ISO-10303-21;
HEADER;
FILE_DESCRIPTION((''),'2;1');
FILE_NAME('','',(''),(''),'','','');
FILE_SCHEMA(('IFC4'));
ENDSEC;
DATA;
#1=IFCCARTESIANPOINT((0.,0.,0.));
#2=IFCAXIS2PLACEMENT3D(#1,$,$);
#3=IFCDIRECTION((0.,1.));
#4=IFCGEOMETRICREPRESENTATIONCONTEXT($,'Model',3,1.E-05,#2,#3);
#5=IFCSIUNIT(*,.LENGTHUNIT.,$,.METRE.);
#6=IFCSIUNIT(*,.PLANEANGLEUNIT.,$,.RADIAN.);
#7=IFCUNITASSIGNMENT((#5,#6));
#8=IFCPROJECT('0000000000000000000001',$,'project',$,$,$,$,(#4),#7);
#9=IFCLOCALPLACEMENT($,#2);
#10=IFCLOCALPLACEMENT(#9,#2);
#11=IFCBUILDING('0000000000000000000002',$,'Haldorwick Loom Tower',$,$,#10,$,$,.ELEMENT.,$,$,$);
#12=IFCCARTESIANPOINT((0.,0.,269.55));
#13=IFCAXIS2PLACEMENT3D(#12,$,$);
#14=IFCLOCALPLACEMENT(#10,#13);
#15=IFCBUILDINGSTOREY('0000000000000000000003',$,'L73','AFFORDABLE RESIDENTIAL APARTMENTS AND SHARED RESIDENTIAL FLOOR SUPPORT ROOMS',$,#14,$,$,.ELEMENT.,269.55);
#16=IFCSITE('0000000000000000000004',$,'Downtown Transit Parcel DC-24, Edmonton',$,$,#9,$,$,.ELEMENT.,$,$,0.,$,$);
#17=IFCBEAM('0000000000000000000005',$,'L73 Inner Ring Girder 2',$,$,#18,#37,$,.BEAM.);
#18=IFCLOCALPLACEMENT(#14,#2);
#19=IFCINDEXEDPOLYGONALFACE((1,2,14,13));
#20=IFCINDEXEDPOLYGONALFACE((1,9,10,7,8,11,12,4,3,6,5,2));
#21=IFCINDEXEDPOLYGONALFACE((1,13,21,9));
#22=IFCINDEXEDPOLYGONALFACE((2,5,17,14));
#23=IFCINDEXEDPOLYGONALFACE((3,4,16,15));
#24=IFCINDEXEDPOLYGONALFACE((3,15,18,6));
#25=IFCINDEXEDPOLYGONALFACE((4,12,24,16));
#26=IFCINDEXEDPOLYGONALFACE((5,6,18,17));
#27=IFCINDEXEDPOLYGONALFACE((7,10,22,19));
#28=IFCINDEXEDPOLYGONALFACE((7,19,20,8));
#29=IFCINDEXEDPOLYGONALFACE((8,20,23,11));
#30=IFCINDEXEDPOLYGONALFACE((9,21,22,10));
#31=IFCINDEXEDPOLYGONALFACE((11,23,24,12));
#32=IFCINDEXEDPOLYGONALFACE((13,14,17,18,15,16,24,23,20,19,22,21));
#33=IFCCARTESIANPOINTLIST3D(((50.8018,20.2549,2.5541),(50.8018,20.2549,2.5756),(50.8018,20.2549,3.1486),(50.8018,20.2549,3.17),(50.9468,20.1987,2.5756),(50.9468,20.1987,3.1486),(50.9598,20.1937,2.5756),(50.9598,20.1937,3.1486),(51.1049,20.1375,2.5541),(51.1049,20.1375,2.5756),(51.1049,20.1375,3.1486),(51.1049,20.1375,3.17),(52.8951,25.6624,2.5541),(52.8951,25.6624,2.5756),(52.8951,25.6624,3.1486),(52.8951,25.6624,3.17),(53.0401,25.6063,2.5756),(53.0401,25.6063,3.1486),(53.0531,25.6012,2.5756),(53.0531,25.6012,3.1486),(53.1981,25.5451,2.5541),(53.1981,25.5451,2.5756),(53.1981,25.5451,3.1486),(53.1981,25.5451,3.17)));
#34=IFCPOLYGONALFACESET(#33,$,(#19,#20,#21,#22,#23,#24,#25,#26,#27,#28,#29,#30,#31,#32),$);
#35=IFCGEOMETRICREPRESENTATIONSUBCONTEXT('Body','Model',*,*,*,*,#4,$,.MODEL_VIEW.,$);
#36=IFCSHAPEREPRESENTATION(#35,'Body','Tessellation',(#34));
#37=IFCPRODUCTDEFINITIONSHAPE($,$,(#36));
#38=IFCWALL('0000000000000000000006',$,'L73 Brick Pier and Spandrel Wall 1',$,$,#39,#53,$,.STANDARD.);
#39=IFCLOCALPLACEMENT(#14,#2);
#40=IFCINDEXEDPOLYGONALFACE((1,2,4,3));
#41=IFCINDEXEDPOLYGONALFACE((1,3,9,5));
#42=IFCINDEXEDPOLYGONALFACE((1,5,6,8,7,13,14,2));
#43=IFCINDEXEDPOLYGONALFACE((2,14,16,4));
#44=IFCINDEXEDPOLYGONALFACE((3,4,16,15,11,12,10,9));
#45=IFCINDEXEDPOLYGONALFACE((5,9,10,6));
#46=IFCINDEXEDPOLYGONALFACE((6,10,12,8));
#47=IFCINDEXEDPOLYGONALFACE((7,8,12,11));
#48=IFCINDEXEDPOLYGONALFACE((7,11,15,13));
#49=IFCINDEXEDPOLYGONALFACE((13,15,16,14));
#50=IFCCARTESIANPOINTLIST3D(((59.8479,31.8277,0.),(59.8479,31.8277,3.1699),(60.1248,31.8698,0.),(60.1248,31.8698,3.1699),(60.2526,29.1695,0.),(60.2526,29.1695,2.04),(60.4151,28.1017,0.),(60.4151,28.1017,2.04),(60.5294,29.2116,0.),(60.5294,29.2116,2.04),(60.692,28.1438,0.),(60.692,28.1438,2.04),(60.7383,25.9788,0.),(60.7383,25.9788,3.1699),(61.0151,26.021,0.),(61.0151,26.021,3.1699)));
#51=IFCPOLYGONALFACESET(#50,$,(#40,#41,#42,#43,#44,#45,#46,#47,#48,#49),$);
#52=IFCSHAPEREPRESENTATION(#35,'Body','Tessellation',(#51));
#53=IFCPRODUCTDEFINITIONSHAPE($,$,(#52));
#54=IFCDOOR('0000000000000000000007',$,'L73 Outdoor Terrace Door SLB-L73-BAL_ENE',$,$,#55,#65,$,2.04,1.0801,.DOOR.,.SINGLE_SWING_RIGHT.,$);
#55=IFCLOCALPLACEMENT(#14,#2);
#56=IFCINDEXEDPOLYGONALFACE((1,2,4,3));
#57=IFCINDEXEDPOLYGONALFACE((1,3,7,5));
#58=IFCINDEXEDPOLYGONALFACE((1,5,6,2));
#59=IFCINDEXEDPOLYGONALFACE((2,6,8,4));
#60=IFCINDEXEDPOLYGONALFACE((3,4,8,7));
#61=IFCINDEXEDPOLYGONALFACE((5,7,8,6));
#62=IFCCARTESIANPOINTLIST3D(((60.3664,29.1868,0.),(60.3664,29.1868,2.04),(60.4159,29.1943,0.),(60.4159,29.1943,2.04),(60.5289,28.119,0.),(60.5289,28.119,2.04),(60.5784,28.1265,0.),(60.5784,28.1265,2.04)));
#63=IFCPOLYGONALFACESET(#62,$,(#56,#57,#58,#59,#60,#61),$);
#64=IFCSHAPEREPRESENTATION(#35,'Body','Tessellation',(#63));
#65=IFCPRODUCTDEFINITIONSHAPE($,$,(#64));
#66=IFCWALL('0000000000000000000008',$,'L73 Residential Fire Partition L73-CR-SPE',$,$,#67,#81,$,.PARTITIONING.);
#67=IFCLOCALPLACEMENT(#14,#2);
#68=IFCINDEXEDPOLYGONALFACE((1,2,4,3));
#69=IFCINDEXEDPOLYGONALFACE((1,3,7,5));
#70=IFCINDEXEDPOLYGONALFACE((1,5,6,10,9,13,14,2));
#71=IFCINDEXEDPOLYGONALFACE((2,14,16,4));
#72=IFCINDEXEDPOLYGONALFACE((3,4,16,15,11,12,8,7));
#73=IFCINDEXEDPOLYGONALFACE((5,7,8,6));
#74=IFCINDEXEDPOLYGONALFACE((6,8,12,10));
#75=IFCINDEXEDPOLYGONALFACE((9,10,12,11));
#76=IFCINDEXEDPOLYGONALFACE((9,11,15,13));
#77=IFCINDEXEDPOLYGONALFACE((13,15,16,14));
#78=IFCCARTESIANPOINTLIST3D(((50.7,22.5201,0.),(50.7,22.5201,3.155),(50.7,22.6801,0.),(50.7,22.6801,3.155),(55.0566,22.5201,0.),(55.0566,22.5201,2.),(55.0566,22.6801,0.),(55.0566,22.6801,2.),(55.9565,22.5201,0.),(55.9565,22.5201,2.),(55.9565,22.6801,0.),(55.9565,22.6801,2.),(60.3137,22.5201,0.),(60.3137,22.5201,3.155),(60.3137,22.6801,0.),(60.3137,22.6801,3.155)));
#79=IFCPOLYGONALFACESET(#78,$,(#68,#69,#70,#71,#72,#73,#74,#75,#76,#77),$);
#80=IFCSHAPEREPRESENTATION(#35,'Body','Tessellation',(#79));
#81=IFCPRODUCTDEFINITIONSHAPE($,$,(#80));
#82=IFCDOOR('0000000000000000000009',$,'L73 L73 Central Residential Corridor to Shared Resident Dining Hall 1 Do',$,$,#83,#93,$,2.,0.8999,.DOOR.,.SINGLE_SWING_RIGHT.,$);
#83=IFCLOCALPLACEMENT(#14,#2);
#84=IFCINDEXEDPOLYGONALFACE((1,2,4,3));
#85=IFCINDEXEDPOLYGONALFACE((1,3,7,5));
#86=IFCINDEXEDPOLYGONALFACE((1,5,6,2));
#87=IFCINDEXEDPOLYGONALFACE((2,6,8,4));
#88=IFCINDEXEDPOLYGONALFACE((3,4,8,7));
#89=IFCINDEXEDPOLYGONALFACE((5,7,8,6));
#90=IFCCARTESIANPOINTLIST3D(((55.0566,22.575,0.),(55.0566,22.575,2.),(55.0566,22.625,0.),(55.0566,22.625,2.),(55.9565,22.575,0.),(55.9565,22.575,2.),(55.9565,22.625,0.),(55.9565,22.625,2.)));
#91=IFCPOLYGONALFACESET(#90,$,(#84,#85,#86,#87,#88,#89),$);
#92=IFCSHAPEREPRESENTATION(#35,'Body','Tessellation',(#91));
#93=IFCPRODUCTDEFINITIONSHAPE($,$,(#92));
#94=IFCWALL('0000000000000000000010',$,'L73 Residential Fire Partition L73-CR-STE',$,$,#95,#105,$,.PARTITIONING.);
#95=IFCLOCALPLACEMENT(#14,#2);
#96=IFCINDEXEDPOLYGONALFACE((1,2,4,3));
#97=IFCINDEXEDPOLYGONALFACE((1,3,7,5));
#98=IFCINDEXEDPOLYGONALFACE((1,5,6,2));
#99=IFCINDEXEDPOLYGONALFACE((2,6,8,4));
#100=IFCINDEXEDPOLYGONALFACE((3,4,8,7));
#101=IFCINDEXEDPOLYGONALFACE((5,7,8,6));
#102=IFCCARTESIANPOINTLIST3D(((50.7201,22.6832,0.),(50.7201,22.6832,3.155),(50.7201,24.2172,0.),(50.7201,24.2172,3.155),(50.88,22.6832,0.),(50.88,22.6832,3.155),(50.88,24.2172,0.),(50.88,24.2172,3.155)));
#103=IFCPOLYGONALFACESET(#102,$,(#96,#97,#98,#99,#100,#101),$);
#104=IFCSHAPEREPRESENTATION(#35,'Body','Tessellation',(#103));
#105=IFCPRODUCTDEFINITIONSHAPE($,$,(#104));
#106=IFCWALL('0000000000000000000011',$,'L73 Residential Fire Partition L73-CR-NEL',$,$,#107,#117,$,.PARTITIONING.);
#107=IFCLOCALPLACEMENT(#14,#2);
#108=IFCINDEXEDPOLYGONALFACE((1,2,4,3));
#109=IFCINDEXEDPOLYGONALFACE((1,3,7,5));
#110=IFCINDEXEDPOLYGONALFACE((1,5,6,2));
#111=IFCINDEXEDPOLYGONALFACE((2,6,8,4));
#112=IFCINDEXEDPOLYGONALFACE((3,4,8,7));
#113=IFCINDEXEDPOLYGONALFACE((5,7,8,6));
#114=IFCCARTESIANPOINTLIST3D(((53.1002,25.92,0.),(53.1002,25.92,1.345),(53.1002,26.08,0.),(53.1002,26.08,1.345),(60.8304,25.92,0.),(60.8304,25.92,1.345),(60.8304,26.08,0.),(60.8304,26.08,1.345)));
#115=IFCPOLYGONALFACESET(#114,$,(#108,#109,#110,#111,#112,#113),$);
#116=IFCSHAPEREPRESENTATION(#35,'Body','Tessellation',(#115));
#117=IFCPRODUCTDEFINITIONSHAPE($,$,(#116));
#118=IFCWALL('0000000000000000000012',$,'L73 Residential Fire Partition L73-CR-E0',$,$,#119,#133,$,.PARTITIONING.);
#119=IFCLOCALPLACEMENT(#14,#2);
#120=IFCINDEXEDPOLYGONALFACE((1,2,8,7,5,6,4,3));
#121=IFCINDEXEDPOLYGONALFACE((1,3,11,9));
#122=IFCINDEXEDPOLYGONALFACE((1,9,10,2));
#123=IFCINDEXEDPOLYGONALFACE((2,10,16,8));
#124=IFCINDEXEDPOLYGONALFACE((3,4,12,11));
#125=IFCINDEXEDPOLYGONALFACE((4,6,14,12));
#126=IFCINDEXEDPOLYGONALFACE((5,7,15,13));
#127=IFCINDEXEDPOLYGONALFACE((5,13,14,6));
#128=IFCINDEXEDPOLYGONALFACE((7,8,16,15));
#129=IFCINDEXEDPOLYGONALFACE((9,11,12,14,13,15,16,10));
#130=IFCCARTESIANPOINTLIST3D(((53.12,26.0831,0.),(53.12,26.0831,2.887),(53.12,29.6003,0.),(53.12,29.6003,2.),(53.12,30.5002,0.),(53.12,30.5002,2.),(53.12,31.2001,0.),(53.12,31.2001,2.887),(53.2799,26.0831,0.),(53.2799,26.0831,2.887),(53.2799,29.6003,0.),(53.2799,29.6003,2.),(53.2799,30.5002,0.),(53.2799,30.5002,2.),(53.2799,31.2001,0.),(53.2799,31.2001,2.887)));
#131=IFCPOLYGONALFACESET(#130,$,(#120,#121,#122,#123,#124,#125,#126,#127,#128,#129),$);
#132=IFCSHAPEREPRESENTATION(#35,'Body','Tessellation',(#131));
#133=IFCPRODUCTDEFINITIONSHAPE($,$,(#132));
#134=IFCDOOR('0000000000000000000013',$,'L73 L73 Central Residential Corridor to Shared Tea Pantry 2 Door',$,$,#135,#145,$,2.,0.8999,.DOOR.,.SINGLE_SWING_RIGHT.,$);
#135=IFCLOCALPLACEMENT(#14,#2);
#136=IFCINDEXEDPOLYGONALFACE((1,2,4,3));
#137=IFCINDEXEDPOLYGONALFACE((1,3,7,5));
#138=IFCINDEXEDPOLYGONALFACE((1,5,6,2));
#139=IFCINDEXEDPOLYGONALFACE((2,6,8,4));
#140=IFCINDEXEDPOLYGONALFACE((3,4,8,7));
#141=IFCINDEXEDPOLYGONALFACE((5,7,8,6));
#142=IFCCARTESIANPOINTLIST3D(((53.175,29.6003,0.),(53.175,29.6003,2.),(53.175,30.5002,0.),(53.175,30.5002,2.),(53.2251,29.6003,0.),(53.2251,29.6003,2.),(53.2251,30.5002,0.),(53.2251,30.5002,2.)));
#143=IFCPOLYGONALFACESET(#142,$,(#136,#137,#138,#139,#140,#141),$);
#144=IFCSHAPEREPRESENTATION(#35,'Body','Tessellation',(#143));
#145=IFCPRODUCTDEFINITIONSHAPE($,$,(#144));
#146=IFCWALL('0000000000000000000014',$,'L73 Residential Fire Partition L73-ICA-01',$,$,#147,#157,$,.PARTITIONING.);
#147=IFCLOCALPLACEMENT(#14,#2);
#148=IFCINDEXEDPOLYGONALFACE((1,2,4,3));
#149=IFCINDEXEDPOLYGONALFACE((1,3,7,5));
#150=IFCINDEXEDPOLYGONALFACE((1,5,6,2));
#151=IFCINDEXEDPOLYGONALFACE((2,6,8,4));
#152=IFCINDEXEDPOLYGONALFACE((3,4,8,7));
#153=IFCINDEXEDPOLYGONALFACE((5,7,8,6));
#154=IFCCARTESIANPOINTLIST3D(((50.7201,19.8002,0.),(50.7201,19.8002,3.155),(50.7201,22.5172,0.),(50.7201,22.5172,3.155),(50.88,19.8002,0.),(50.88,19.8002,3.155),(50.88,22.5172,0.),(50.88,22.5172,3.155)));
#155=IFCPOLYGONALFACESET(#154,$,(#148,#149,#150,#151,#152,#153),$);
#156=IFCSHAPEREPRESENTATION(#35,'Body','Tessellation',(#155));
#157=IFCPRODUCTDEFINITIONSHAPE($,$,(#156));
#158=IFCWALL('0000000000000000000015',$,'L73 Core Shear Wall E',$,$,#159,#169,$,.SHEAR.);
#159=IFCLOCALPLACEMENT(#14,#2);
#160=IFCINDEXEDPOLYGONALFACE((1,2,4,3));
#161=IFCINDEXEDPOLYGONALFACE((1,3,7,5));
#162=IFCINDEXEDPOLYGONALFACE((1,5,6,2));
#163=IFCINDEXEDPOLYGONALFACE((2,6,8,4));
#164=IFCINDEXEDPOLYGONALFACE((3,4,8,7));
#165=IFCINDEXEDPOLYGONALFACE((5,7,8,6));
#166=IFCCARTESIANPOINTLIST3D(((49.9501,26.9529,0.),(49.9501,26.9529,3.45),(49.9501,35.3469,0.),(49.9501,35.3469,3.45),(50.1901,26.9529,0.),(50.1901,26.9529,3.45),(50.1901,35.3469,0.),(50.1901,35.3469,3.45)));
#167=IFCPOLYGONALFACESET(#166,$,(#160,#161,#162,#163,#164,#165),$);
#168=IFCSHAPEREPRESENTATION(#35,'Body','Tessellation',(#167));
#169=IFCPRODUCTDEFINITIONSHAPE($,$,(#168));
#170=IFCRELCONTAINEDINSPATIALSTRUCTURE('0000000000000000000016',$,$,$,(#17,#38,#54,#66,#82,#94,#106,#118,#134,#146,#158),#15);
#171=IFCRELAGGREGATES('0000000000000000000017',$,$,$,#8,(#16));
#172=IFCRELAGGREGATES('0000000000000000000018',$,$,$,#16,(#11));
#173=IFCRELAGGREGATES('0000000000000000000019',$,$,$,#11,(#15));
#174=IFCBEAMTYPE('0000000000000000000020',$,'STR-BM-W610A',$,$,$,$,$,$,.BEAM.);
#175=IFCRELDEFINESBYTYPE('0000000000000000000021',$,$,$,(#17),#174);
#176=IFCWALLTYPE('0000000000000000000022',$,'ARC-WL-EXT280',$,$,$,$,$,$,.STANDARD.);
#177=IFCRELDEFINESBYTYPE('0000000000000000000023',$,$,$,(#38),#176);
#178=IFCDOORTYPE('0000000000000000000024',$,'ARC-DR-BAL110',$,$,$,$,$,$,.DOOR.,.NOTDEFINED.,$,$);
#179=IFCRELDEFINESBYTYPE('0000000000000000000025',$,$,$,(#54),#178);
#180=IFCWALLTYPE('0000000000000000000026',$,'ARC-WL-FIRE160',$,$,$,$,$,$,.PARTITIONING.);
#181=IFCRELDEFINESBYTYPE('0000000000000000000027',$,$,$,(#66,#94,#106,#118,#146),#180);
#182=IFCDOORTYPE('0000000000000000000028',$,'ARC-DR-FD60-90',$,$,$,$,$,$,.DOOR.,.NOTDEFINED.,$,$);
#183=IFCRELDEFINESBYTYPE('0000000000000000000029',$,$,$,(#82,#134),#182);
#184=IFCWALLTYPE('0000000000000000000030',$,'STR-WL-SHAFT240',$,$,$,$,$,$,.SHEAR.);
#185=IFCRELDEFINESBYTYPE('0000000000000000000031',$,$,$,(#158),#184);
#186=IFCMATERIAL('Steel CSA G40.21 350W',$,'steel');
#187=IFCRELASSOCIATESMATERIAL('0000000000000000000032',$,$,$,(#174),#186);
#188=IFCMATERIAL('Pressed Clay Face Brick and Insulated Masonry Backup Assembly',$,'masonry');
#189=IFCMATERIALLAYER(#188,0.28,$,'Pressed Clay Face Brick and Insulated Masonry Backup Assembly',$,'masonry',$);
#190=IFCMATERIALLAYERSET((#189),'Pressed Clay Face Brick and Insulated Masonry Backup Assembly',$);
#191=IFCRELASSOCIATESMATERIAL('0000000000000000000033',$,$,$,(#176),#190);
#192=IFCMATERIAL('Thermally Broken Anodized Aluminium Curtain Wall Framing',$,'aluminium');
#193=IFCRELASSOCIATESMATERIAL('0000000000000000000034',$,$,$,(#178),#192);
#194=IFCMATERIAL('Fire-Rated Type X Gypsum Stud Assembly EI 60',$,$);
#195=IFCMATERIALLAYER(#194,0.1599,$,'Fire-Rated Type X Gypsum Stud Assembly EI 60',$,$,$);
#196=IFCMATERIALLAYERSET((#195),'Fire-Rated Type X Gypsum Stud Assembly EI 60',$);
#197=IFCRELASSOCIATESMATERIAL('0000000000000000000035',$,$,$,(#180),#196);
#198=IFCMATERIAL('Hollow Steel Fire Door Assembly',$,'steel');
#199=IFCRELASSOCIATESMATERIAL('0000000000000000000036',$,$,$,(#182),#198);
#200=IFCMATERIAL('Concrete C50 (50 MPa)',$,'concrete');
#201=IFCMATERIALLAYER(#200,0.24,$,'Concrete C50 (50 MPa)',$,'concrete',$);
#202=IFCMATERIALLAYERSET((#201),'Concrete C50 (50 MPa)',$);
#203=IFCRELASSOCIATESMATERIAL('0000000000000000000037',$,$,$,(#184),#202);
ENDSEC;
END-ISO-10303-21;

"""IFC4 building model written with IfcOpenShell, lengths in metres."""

from ifc_helpers import new_model, si_unit, direction, frame, frame_2d, origin, origin_2d, place, context, subcontext, project, spatial, rectangle, i_section, extrude, material, layer, layer_set, material_profile, profile_set, type_object, element, fill, save


model = new_model("IFC4")

# Units and contexts
model_context = context("Model", 3, precision=1e-05, world=origin(), true_north=direction((0.0, 1.0)))
body_context = subcontext(model_context, "Body", "Model", "MODEL_VIEW")
ifc_project = project(units=[si_unit("LENGTHUNIT", "METRE"), si_unit("PLANEANGLEUNIT", "RADIAN")], contexts=[model_context])

# Site, building, storey
site_placement = place(None, origin())
site = spatial("IfcSite", under=ifc_project, at=site_placement, Name="Downtown Transit Parcel DC-24, Edmonton", CompositionType="ELEMENT", RefElevation=0.0)
building_placement = place(site_placement, origin())
building = spatial("IfcBuilding", under=site, at=building_placement, Name="Haldorwick Loom Tower", CompositionType="ELEMENT")
storey_placement = place(building_placement, frame((0.0, 0.0, 269.55)))
storey = spatial("IfcBuildingStorey", under=building, at=storey_placement, Name="L73", Description="AFFORDABLE RESIDENTIAL APARTMENTS AND SHARED RESIDENTIAL FLOOR SUPPORT ROOMS", CompositionType="ELEMENT", Elevation=269.55)

# Shared definitions
ifc_material_1 = material(Name="Concrete C50 (50 MPa)", Category="concrete")
ifc_material_2 = material(Name="Steel CSA G40.21 350W", Category="steel")

# Beam
ifc_material_profile_1 = material_profile(ifc_material_2, i_section(OverallWidth=0.325, OverallDepth=0.616, WebThickness=0.0139, FlangeThickness=0.0215, at=origin_2d()), Name="W610X174", Category="steel")
ifc_profile_set_1 = profile_set([ifc_material_profile_1], Name="Steel CSA G40.21 350W")
beam_type_1 = type_object("IfcBeamType", Name="STR-BM-W610A", PredefinedType="BEAM", material=ifc_profile_set_1)
beam_1_placement = place(storey_placement, frame((53.0466, 25.6038, 2.8621), z_axis=(-0.361001, -0.932565, 0.0), x_axis=(0.932565, -0.361001, 0.0)))
element("IfcBeam", 1, at=beam_1_placement, inside=storey, type_object=beam_type_1, Name="L73 Inner Ring Girder 2", PredefinedType="BEAM", context=body_context, shape_type="SweptSolid", body=[
    extrude(i_section(OverallWidth=0.325, OverallDepth=0.616, WebThickness=0.0139, FlangeThickness=0.0215, at=origin_2d()), origin(), (0.0, 0.0, 1.0), 5.7986),
])

# Walls, openings, doors
ifc_material_3 = material(Name="Pressed Clay Face Brick and Insulated Masonry Backup Assembly", Category="masonry")
ifc_layer_1 = layer(ifc_material_3, 0.28, Name="Pressed Clay Face Brick and Insulated Masonry Backup Assembly", Category="masonry")
ifc_layer_set_1 = layer_set([ifc_layer_1], Name="Pressed Clay Face Brick and Insulated Masonry Backup Assembly")
wall_type_1 = type_object("IfcWallType", Name="ARC-WL-EXT280", PredefinedType="STANDARD", material=ifc_layer_set_1)
wall_1_placement = place(storey_placement, frame((60.8767, 26.0, 0.0), z_axis=(0.0, 0.0, 1.0), x_axis=(-0.150497, 0.98861, 0.0)))
wall_1 = element("IfcWall", 2, at=wall_1_placement, inside=storey, type_object=wall_type_1, Name="L73 Brick Pier and Spandrel Wall 1", PredefinedType="STANDARD", context=body_context, shape_type="SweptSolid", body=[
    extrude(rectangle(XDim=5.9163, YDim=0.28, at=frame_2d((2.958, 0.0))), origin(), (0.0, 0.0, 1.0), 3.1699),
])
opening_1_placement = place(wall_1_placement, frame((2.1472, 0.0, 0.0)))
opening_1 = element("IfcOpeningElement", 3, at=opening_1_placement, cuts=wall_1, PredefinedType="OPENING", context=body_context, shape_type="SweptSolid", body=[
    extrude(rectangle(XDim=1.0801, YDim=2.04, at=frame_2d((0.54, 1.02))), frame((0.0, 0.1499, 0.0), z_axis=(0.0, -1.0, 0.0), x_axis=(1.0, 0.0, 0.0)), (0.0, 0.0, 1.0), 0.3),
])
ifc_material_4 = material(Name="Thermally Broken Anodized Aluminium Curtain Wall Framing", Category="aluminium")
door_type_1 = type_object("IfcDoorType", Name="ARC-DR-BAL110", OperationType="NOTDEFINED", PredefinedType="DOOR", material=ifc_material_4)
door_1_placement = place(opening_1_placement, origin())
door_1 = element("IfcDoor", 4, at=door_1_placement, inside=storey, type_object=door_type_1, Name="L73 Outdoor Terrace Door SLB-L73-BAL_ENE", OperationType="SINGLE_SWING_RIGHT", OverallHeight=2.04, OverallWidth=1.0801, PredefinedType="DOOR", context=body_context, shape_type="SweptSolid", body=[
    extrude(rectangle(XDim=1.0801, YDim=2.04, at=frame_2d((0.54, 1.02))), frame((0.0, 0.0249, 0.0), z_axis=(0.0, -1.0, 0.0), x_axis=(1.0, 0.0, 0.0)), (0.0, 0.0, 1.0), 0.05),
])
fill(opening_1, door_1)
ifc_material_5 = material(Name="Fire-Rated Type X Gypsum Stud Assembly EI 60")
ifc_layer_2 = layer(ifc_material_5, 0.1599, Name="Fire-Rated Type X Gypsum Stud Assembly EI 60")
ifc_layer_set_2 = layer_set([ifc_layer_2], Name="Fire-Rated Type X Gypsum Stud Assembly EI 60")
wall_type_2 = type_object("IfcWallType", Name="ARC-WL-FIRE160", PredefinedType="PARTITIONING", material=ifc_layer_set_2)
wall_2_placement = place(storey_placement, frame((50.7, 22.6001, 0.0), z_axis=(0.0, 0.0, 1.0), x_axis=(1.0, 0.0, 0.0)))
wall_2 = element("IfcWall", 5, at=wall_2_placement, inside=storey, type_object=wall_type_2, Name="L73 Residential Fire Partition L73-CR-SPE", PredefinedType="PARTITIONING", context=body_context, shape_type="SweptSolid", body=[
    extrude(rectangle(XDim=9.6138, YDim=0.1599, at=frame_2d((4.8069, 0.0))), origin(), (0.0, 0.0, 1.0), 3.155),
])
opening_2_placement = place(wall_2_placement, frame((4.3567, 0.0, 0.0)))
opening_2 = element("IfcOpeningElement", 6, at=opening_2_placement, cuts=wall_2, PredefinedType="OPENING", context=body_context, shape_type="SweptSolid", body=[
    extrude(rectangle(XDim=0.8999, YDim=2.0, at=frame_2d((0.45, 1.0))), frame((0.0, 0.0898, 0.0), z_axis=(0.0, -1.0, 0.0), x_axis=(1.0, 0.0, 0.0)), (0.0, 0.0, 1.0), 0.1799),
])
ifc_material_6 = material(Name="Hollow Steel Fire Door Assembly", Category="steel")
door_type_2 = type_object("IfcDoorType", Name="ARC-DR-FD60-90", OperationType="NOTDEFINED", PredefinedType="DOOR", material=ifc_material_6)
door_2_placement = place(opening_2_placement, origin())
door_2 = element("IfcDoor", 7, at=door_2_placement, inside=storey, type_object=door_type_2, Name="L73 L73 Central Residential Corridor to Shared Resident Dining Hall 1 Do", OperationType="SINGLE_SWING_RIGHT", OverallHeight=2.0, OverallWidth=0.8999, PredefinedType="DOOR", context=body_context, shape_type="SweptSolid", body=[
    extrude(rectangle(XDim=0.8999, YDim=2.0, at=frame_2d((0.45, 1.0))), frame((0.0, 0.0249, 0.0), z_axis=(0.0, -1.0, 0.0), x_axis=(1.0, 0.0, 0.0)), (0.0, 0.0, 1.0), 0.05),
])
fill(opening_2, door_2)

# Walls
wall_3_placement = place(storey_placement, frame((50.8, 22.6831, 0.0), z_axis=(0.0, 0.0, 1.0), x_axis=(0.0, 1.0, 0.0)))
element("IfcWall", 8, at=wall_3_placement, inside=storey, type_object=wall_type_2, Name="L73 Residential Fire Partition L73-CR-STE", PredefinedType="PARTITIONING", context=body_context, shape_type="SweptSolid", body=[
    extrude(rectangle(XDim=1.5339, YDim=0.1599, at=frame_2d((0.7671, 0.0))), origin(), (0.0, 0.0, 1.0), 3.155),
])
wall_4_placement = place(storey_placement, frame((53.1001, 26.0, 0.0), z_axis=(0.0, 0.0, 1.0), x_axis=(1.0, 0.0, 0.0)))
element("IfcWall", 9, at=wall_4_placement, inside=storey, type_object=wall_type_2, Name="L73 Residential Fire Partition L73-CR-NEL", PredefinedType="PARTITIONING", context=body_context, shape_type="SweptSolid", body=[
    extrude(rectangle(XDim=7.7302, YDim=0.1599, at=frame_2d((3.8652, 0.0))), origin(), (0.0, 0.0, 1.0), 1.345),
])

# Wall, opening, door
wall_5_placement = place(storey_placement, frame((53.2, 26.083, 0.0), z_axis=(0.0, 0.0, 1.0), x_axis=(0.0, 1.0, 0.0)))
wall_5 = element("IfcWall", 10, at=wall_5_placement, inside=storey, type_object=wall_type_2, Name="L73 Residential Fire Partition L73-CR-E0", PredefinedType="PARTITIONING", context=body_context, shape_type="SweptSolid", body=[
    extrude(rectangle(XDim=5.1169, YDim=0.1599, at=frame_2d((2.5586, 0.0))), origin(), (0.0, 0.0, 1.0), 2.887),
])
opening_3_placement = place(wall_5_placement, frame((3.5173, 0.0, 0.0)))
opening_3 = element("IfcOpeningElement", 11, at=opening_3_placement, cuts=wall_5, PredefinedType="OPENING", context=body_context, shape_type="SweptSolid", body=[
    extrude(rectangle(XDim=0.8999, YDim=2.0, at=frame_2d((0.45, 1.0))), frame((0.0, 0.0898, 0.0), z_axis=(0.0, -1.0, 0.0), x_axis=(1.0, 0.0, 0.0)), (0.0, 0.0, 1.0), 0.1799),
])
door_3_placement = place(opening_3_placement, origin())
door_3 = element("IfcDoor", 12, at=door_3_placement, inside=storey, type_object=door_type_2, Name="L73 L73 Central Residential Corridor to Shared Tea Pantry 2 Door", OperationType="SINGLE_SWING_RIGHT", OverallHeight=2.0, OverallWidth=0.8999, PredefinedType="DOOR", context=body_context, shape_type="SweptSolid", body=[
    extrude(rectangle(XDim=0.8999, YDim=2.0, at=frame_2d((0.45, 1.0))), frame((0.0, 0.0249, 0.0), z_axis=(0.0, -1.0, 0.0), x_axis=(1.0, 0.0, 0.0)), (0.0, 0.0, 1.0), 0.05),
])
fill(opening_3, door_3)

# Walls
wall_6_placement = place(storey_placement, frame((50.8, 22.5171, 0.0), z_axis=(0.0, 0.0, 1.0), x_axis=(0.0, -1.0, 0.0)))
element("IfcWall", 13, at=wall_6_placement, inside=storey, type_object=wall_type_2, Name="L73 Residential Fire Partition L73-ICA-01", PredefinedType="PARTITIONING", context=body_context, shape_type="SweptSolid", body=[
    extrude(rectangle(XDim=2.717, YDim=0.1599, at=frame_2d((1.3584, 0.0))), origin(), (0.0, 0.0, 1.0), 3.155),
])
ifc_layer_3 = layer(ifc_material_1, 0.24, Name="Concrete C50 (50 MPa)", Category="concrete")
ifc_layer_set_3 = layer_set([ifc_layer_3], Name="Concrete C50 (50 MPa)")
wall_type_3 = type_object("IfcWallType", Name="STR-WL-SHAFT240", PredefinedType="SHEAR", material=ifc_layer_set_3)
for number, where, z_axis, x_axis, name in (
    (14, (50.0701, 26.9529, 0.0), (0.0, 0.0, 1.0), (0.0, 1.0, 0.0), "L73 Core Shear Wall E"),
):
    element("IfcWall", number, at=place(storey_placement, frame(where, z_axis=z_axis, x_axis=x_axis)), inside=storey, type_object=wall_type_3, Name=name, PredefinedType="SHEAR", context=body_context, shape_type="SweptSolid", body=[
        extrude(rectangle(XDim=8.394, YDim=0.24, at=frame_2d((4.197, 0.0))), origin(), (0.0, 0.0, 1.0), 3.45),
    ])

save(model, "model.ifc")
